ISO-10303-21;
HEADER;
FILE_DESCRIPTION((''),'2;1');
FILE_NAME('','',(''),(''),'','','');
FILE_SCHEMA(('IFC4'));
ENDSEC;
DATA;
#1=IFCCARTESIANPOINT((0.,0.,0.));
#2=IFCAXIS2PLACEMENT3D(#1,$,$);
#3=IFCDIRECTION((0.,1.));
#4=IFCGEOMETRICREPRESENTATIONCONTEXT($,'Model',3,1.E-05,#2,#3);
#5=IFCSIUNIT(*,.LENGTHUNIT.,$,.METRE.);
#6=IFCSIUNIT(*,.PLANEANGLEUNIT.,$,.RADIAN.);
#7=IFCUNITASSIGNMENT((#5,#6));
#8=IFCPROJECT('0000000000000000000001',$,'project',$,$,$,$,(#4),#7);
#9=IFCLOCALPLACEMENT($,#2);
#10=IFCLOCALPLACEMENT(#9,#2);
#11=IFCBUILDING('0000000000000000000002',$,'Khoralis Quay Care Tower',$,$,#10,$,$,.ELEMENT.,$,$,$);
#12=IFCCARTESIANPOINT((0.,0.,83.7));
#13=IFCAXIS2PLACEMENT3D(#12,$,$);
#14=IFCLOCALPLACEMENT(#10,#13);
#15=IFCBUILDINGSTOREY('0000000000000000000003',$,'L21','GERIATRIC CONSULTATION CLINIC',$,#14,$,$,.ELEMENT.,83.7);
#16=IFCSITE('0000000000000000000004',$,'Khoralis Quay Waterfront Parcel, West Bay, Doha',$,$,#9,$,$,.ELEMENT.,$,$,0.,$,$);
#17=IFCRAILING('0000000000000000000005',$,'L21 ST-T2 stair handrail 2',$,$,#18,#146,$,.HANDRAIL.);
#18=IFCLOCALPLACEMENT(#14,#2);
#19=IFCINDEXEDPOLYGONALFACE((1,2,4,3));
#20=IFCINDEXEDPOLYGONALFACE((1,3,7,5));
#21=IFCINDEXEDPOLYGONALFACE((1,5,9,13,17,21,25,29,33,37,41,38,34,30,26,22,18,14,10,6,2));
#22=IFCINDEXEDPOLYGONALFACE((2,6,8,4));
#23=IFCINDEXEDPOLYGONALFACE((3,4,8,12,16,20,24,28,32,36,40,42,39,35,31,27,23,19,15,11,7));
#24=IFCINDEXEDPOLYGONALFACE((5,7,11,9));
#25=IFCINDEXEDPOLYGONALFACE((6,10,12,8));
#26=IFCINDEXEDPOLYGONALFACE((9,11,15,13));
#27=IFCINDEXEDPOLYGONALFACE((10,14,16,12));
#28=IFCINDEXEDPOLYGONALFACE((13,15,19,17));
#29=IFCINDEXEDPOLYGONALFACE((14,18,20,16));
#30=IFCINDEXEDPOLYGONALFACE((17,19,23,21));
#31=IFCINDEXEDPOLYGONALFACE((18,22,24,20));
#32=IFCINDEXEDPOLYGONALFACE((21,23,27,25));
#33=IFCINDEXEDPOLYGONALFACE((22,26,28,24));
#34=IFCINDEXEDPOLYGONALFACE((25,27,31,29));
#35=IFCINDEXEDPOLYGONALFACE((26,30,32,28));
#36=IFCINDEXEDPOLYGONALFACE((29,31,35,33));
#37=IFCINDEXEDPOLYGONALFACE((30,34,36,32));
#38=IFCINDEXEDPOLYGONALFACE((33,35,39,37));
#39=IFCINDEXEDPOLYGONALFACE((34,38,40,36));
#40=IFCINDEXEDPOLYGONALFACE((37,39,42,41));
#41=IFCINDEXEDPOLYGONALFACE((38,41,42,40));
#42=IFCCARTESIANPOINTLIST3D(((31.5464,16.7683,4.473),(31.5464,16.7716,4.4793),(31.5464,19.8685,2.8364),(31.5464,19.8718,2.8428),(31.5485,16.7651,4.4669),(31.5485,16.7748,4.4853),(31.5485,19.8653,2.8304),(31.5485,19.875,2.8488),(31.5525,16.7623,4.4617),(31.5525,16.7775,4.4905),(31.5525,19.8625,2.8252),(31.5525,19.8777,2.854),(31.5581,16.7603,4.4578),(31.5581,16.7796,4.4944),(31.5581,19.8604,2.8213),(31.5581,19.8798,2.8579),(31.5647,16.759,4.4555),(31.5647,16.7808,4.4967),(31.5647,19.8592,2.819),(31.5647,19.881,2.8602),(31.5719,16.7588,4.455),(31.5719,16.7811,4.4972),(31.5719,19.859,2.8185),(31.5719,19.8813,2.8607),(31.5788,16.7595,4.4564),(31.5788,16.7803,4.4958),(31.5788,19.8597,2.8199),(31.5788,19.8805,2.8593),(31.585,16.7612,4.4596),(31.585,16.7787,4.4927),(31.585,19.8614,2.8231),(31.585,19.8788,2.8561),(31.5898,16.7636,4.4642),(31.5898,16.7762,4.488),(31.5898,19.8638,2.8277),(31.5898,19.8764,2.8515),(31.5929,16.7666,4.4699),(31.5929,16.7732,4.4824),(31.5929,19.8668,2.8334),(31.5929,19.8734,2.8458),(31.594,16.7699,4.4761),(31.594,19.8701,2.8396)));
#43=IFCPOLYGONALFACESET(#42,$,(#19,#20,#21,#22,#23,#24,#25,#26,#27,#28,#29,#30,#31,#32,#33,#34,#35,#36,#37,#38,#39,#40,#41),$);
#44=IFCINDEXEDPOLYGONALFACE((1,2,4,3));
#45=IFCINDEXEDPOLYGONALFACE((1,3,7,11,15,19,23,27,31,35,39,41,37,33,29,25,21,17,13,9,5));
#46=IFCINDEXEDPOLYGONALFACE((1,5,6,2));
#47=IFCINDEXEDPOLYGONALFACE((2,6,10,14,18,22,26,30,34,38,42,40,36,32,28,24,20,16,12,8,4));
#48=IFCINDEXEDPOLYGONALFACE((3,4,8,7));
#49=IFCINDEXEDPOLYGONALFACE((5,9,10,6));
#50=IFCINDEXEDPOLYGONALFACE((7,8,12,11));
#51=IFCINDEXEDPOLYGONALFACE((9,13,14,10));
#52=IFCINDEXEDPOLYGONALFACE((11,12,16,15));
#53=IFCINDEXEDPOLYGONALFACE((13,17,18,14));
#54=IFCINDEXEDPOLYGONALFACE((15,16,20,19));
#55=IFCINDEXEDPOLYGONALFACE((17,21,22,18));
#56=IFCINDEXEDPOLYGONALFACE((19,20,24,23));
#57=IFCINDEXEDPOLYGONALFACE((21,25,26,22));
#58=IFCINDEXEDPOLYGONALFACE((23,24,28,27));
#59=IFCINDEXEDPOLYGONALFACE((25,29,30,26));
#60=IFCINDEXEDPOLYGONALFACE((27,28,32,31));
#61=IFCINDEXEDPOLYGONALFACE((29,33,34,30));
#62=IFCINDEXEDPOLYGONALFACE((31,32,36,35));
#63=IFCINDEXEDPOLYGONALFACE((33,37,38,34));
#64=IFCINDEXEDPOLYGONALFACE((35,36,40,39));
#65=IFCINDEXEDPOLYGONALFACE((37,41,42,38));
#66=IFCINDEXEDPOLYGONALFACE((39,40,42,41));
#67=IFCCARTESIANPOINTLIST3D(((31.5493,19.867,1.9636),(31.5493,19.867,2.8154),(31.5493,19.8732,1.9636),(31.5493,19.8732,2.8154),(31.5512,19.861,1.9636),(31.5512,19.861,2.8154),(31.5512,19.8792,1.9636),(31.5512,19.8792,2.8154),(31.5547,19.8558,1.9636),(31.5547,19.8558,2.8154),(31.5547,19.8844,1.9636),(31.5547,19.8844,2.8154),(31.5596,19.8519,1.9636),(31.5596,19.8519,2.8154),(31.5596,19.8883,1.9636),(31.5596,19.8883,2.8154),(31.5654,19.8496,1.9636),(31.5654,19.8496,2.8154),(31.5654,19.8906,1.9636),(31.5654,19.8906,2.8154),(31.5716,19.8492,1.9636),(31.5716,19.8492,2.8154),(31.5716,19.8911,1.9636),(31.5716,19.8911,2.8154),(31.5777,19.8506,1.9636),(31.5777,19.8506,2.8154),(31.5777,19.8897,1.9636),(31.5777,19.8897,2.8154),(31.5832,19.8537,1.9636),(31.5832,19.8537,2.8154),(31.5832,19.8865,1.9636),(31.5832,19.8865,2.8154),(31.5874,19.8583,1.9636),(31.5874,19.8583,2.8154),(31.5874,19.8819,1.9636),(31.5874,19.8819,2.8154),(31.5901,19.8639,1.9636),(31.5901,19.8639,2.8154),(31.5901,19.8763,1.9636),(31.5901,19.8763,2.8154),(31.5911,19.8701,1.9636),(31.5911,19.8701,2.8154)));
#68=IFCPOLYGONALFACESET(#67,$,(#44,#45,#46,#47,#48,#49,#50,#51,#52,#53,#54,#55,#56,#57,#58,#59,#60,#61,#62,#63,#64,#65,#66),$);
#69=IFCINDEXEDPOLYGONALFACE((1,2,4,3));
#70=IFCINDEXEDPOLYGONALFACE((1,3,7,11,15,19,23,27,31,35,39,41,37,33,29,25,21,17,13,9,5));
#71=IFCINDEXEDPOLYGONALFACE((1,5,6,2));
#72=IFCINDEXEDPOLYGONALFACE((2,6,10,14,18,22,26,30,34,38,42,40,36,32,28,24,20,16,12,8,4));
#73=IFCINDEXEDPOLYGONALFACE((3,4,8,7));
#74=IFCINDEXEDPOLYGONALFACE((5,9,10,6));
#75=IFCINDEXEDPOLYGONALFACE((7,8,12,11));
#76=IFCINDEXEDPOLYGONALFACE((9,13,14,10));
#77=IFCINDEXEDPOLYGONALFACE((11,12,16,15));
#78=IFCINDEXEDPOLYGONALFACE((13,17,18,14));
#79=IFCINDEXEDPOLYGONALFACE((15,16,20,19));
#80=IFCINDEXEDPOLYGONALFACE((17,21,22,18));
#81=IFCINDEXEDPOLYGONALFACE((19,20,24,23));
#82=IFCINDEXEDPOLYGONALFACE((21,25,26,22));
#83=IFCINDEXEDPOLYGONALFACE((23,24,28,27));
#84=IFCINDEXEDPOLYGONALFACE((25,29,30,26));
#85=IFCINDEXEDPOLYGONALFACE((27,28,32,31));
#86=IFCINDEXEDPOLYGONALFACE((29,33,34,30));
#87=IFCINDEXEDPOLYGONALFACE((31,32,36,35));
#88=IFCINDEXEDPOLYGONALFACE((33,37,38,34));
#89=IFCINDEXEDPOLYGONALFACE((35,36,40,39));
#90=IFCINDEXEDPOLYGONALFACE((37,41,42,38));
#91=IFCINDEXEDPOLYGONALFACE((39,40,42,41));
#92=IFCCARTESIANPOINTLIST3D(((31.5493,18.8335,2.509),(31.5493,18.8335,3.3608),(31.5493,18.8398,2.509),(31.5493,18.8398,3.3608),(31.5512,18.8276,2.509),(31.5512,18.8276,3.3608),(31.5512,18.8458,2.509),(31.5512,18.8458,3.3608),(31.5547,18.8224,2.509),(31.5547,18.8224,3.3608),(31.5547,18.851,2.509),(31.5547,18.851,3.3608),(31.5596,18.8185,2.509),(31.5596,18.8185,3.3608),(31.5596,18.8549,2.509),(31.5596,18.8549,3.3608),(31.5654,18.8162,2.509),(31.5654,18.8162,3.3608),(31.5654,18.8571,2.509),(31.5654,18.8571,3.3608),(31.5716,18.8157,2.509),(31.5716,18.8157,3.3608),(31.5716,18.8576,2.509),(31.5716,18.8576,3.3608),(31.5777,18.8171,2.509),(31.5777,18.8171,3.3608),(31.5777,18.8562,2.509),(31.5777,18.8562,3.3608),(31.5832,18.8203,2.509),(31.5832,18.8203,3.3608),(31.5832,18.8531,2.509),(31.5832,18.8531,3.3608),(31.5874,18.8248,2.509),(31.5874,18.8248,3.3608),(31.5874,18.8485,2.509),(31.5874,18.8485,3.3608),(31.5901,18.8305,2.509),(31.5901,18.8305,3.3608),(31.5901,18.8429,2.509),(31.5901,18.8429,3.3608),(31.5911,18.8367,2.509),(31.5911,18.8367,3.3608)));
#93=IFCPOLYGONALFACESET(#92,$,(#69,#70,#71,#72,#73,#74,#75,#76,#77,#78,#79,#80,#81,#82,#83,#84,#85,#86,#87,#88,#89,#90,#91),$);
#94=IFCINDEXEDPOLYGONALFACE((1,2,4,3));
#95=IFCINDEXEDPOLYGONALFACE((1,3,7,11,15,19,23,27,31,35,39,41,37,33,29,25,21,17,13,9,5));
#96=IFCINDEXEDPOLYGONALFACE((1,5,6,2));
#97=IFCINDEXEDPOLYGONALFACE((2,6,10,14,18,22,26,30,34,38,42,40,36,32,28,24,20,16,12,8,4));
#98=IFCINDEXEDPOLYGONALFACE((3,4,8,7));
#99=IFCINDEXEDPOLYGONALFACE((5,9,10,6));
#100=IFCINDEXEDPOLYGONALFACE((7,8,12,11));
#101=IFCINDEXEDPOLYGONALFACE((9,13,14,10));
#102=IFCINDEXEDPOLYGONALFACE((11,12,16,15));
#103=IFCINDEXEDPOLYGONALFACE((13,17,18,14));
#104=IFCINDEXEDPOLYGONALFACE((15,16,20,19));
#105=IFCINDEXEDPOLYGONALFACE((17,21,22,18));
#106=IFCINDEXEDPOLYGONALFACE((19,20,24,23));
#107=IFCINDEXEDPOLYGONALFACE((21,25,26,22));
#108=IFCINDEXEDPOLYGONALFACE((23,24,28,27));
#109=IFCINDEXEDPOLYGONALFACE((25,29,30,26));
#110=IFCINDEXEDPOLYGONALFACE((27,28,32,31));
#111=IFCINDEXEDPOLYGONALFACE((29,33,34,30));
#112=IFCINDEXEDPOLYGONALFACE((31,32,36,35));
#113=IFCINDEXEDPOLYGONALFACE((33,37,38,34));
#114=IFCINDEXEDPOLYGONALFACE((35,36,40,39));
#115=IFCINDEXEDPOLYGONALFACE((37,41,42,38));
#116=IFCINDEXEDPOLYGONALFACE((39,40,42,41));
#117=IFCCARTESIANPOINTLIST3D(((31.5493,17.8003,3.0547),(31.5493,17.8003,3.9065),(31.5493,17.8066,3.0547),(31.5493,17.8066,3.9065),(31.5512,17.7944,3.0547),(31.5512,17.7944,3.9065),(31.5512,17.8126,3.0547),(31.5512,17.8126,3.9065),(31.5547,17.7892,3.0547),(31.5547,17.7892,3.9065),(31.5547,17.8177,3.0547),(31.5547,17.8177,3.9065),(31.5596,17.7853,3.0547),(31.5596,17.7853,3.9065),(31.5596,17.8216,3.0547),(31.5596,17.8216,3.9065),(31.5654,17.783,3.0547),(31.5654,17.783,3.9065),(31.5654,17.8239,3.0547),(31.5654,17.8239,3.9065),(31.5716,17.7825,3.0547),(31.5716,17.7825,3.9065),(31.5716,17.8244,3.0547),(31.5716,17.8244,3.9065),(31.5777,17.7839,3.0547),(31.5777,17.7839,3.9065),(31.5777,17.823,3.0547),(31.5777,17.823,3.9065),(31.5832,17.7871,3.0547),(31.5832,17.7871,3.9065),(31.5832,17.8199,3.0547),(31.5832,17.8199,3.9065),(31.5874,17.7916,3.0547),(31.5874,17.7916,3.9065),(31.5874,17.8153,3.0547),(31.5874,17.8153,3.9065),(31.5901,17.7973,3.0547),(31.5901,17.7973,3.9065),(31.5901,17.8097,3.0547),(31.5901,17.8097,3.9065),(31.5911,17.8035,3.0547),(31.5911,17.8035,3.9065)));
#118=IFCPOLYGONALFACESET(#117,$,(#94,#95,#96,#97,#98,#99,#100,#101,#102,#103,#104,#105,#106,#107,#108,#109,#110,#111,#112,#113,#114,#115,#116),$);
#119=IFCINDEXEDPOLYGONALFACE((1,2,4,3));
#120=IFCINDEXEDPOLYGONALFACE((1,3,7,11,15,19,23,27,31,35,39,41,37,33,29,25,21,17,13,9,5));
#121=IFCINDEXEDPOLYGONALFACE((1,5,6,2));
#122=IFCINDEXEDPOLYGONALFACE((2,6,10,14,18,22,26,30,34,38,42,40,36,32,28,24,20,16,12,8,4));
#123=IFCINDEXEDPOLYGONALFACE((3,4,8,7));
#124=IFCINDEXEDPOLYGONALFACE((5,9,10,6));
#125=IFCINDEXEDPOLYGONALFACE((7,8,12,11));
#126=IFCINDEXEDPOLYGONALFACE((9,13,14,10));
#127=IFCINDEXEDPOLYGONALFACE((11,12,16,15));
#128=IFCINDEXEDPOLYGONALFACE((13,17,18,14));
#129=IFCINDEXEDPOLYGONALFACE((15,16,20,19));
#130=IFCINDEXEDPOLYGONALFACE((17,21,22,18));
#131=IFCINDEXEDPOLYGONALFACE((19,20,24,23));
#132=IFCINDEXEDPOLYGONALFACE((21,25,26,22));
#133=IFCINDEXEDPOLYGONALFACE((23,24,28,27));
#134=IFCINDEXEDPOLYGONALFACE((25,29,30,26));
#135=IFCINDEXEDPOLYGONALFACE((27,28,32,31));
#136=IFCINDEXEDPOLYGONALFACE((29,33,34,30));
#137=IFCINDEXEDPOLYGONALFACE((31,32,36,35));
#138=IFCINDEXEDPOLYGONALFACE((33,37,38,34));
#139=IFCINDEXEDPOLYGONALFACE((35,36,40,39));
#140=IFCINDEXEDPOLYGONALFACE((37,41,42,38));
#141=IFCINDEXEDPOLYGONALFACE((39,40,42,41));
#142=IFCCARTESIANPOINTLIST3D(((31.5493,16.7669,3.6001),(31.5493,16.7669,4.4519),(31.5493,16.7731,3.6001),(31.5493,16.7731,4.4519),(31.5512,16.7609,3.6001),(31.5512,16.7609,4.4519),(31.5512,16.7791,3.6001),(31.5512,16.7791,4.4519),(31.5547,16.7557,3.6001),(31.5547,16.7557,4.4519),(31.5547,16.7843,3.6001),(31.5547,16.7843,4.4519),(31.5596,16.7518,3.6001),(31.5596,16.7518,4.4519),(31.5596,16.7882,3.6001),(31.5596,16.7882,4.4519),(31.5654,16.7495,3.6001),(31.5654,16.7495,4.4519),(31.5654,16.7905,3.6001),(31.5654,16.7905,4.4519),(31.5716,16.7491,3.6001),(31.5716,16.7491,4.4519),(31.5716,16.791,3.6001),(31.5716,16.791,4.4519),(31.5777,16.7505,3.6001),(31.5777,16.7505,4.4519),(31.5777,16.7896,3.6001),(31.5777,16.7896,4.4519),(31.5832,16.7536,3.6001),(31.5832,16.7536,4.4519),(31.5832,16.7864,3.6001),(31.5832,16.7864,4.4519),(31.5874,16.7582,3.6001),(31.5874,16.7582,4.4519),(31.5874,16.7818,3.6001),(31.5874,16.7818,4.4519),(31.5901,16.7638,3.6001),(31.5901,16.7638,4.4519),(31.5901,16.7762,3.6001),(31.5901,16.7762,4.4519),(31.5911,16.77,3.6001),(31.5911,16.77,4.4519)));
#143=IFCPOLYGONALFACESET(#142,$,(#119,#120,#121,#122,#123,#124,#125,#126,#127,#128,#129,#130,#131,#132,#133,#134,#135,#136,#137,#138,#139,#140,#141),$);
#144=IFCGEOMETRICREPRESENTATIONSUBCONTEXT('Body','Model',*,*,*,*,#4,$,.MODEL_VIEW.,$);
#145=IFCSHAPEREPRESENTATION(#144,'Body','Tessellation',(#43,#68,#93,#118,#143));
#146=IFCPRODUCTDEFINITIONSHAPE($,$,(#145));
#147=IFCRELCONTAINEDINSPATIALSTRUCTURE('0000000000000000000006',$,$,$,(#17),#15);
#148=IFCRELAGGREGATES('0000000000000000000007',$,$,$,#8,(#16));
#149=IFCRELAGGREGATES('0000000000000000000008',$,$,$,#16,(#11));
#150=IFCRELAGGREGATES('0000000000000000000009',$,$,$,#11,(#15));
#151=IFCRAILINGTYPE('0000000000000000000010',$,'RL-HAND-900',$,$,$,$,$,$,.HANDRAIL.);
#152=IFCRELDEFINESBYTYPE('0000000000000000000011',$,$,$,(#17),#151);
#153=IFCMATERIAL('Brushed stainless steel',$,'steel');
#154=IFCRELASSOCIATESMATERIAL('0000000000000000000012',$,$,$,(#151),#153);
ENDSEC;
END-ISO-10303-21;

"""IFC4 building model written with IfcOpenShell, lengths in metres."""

from ifc_helpers import new_model, si_unit, direction, frame, origin, origin_2d, place, context, subcontext, project, spatial, circle, extrude, material, type_object, element, save


model = new_model("IFC4")

# Units and contexts
model_context = context("Model", 3, precision=1e-05, world=origin(), true_north=direction((0.0, 1.0)))
body_context = subcontext(model_context, "Body", "Model", "MODEL_VIEW")
ifc_project = project(units=[si_unit("LENGTHUNIT", "METRE"), si_unit("PLANEANGLEUNIT", "RADIAN")], contexts=[model_context])

# Site, building, storey
site_placement = place(None, origin())
site = spatial("IfcSite", under=ifc_project, at=site_placement, Name="Khoralis Quay Waterfront Parcel, West Bay, Doha", CompositionType="ELEMENT", RefElevation=0.0)
building_placement = place(site_placement, origin())
building = spatial("IfcBuilding", under=site, at=building_placement, Name="Khoralis Quay Care Tower", CompositionType="ELEMENT")
storey_placement = place(building_placement, frame((0.0, 0.0, 83.7)))
storey = spatial("IfcBuildingStorey", under=building, at=storey_placement, Name="L21", Description="GERIATRIC CONSULTATION CLINIC", CompositionType="ELEMENT", Elevation=83.7)

# Shared definitions
ifc_material_1 = material(Name="Brushed stainless steel", Category="steel")

# Railing
railing_type_1 = type_object("IfcRailingType", Name="RL-HAND-900", PredefinedType="HANDRAIL", material=ifc_material_1)
railing_1_placement = place(storey_placement, frame((31.5701, 19.8701, 1.9636)))
element("IfcRailing", 1, at=railing_1_placement, inside=storey, type_object=railing_type_1, Name="L21 ST-T2 stair handrail 2", PredefinedType="HANDRAIL", context=body_context, shape_type="SweptSolid", body=[
    extrude(circle(Radius=0.0239, at=origin_2d()), frame((0.0, 0.0, 0.876), z_axis=(0.0, -0.884348, 0.466828), x_axis=(1.0, 0.0, 0.0)), (0.0, 0.0, 1.0), 3.5056),
    extrude(circle(Radius=0.021, at=origin_2d()), origin(), (0.0, 0.0, 1.0), 0.8518),
    extrude(circle(Radius=0.021, at=origin_2d()), frame((0.0, -1.0334, 0.5454)), (0.0, 0.0, 1.0), 0.8518),
    extrude(circle(Radius=0.021, at=origin_2d()), frame((0.0, -2.0667, 1.0911)), (0.0, 0.0, 1.0), 0.8518),
    extrude(circle(Radius=0.021, at=origin_2d()), frame((0.0, -3.1001, 1.6365)), (0.0, 0.0, 1.0), 0.8518),
])

save(model, "model.ifc")
